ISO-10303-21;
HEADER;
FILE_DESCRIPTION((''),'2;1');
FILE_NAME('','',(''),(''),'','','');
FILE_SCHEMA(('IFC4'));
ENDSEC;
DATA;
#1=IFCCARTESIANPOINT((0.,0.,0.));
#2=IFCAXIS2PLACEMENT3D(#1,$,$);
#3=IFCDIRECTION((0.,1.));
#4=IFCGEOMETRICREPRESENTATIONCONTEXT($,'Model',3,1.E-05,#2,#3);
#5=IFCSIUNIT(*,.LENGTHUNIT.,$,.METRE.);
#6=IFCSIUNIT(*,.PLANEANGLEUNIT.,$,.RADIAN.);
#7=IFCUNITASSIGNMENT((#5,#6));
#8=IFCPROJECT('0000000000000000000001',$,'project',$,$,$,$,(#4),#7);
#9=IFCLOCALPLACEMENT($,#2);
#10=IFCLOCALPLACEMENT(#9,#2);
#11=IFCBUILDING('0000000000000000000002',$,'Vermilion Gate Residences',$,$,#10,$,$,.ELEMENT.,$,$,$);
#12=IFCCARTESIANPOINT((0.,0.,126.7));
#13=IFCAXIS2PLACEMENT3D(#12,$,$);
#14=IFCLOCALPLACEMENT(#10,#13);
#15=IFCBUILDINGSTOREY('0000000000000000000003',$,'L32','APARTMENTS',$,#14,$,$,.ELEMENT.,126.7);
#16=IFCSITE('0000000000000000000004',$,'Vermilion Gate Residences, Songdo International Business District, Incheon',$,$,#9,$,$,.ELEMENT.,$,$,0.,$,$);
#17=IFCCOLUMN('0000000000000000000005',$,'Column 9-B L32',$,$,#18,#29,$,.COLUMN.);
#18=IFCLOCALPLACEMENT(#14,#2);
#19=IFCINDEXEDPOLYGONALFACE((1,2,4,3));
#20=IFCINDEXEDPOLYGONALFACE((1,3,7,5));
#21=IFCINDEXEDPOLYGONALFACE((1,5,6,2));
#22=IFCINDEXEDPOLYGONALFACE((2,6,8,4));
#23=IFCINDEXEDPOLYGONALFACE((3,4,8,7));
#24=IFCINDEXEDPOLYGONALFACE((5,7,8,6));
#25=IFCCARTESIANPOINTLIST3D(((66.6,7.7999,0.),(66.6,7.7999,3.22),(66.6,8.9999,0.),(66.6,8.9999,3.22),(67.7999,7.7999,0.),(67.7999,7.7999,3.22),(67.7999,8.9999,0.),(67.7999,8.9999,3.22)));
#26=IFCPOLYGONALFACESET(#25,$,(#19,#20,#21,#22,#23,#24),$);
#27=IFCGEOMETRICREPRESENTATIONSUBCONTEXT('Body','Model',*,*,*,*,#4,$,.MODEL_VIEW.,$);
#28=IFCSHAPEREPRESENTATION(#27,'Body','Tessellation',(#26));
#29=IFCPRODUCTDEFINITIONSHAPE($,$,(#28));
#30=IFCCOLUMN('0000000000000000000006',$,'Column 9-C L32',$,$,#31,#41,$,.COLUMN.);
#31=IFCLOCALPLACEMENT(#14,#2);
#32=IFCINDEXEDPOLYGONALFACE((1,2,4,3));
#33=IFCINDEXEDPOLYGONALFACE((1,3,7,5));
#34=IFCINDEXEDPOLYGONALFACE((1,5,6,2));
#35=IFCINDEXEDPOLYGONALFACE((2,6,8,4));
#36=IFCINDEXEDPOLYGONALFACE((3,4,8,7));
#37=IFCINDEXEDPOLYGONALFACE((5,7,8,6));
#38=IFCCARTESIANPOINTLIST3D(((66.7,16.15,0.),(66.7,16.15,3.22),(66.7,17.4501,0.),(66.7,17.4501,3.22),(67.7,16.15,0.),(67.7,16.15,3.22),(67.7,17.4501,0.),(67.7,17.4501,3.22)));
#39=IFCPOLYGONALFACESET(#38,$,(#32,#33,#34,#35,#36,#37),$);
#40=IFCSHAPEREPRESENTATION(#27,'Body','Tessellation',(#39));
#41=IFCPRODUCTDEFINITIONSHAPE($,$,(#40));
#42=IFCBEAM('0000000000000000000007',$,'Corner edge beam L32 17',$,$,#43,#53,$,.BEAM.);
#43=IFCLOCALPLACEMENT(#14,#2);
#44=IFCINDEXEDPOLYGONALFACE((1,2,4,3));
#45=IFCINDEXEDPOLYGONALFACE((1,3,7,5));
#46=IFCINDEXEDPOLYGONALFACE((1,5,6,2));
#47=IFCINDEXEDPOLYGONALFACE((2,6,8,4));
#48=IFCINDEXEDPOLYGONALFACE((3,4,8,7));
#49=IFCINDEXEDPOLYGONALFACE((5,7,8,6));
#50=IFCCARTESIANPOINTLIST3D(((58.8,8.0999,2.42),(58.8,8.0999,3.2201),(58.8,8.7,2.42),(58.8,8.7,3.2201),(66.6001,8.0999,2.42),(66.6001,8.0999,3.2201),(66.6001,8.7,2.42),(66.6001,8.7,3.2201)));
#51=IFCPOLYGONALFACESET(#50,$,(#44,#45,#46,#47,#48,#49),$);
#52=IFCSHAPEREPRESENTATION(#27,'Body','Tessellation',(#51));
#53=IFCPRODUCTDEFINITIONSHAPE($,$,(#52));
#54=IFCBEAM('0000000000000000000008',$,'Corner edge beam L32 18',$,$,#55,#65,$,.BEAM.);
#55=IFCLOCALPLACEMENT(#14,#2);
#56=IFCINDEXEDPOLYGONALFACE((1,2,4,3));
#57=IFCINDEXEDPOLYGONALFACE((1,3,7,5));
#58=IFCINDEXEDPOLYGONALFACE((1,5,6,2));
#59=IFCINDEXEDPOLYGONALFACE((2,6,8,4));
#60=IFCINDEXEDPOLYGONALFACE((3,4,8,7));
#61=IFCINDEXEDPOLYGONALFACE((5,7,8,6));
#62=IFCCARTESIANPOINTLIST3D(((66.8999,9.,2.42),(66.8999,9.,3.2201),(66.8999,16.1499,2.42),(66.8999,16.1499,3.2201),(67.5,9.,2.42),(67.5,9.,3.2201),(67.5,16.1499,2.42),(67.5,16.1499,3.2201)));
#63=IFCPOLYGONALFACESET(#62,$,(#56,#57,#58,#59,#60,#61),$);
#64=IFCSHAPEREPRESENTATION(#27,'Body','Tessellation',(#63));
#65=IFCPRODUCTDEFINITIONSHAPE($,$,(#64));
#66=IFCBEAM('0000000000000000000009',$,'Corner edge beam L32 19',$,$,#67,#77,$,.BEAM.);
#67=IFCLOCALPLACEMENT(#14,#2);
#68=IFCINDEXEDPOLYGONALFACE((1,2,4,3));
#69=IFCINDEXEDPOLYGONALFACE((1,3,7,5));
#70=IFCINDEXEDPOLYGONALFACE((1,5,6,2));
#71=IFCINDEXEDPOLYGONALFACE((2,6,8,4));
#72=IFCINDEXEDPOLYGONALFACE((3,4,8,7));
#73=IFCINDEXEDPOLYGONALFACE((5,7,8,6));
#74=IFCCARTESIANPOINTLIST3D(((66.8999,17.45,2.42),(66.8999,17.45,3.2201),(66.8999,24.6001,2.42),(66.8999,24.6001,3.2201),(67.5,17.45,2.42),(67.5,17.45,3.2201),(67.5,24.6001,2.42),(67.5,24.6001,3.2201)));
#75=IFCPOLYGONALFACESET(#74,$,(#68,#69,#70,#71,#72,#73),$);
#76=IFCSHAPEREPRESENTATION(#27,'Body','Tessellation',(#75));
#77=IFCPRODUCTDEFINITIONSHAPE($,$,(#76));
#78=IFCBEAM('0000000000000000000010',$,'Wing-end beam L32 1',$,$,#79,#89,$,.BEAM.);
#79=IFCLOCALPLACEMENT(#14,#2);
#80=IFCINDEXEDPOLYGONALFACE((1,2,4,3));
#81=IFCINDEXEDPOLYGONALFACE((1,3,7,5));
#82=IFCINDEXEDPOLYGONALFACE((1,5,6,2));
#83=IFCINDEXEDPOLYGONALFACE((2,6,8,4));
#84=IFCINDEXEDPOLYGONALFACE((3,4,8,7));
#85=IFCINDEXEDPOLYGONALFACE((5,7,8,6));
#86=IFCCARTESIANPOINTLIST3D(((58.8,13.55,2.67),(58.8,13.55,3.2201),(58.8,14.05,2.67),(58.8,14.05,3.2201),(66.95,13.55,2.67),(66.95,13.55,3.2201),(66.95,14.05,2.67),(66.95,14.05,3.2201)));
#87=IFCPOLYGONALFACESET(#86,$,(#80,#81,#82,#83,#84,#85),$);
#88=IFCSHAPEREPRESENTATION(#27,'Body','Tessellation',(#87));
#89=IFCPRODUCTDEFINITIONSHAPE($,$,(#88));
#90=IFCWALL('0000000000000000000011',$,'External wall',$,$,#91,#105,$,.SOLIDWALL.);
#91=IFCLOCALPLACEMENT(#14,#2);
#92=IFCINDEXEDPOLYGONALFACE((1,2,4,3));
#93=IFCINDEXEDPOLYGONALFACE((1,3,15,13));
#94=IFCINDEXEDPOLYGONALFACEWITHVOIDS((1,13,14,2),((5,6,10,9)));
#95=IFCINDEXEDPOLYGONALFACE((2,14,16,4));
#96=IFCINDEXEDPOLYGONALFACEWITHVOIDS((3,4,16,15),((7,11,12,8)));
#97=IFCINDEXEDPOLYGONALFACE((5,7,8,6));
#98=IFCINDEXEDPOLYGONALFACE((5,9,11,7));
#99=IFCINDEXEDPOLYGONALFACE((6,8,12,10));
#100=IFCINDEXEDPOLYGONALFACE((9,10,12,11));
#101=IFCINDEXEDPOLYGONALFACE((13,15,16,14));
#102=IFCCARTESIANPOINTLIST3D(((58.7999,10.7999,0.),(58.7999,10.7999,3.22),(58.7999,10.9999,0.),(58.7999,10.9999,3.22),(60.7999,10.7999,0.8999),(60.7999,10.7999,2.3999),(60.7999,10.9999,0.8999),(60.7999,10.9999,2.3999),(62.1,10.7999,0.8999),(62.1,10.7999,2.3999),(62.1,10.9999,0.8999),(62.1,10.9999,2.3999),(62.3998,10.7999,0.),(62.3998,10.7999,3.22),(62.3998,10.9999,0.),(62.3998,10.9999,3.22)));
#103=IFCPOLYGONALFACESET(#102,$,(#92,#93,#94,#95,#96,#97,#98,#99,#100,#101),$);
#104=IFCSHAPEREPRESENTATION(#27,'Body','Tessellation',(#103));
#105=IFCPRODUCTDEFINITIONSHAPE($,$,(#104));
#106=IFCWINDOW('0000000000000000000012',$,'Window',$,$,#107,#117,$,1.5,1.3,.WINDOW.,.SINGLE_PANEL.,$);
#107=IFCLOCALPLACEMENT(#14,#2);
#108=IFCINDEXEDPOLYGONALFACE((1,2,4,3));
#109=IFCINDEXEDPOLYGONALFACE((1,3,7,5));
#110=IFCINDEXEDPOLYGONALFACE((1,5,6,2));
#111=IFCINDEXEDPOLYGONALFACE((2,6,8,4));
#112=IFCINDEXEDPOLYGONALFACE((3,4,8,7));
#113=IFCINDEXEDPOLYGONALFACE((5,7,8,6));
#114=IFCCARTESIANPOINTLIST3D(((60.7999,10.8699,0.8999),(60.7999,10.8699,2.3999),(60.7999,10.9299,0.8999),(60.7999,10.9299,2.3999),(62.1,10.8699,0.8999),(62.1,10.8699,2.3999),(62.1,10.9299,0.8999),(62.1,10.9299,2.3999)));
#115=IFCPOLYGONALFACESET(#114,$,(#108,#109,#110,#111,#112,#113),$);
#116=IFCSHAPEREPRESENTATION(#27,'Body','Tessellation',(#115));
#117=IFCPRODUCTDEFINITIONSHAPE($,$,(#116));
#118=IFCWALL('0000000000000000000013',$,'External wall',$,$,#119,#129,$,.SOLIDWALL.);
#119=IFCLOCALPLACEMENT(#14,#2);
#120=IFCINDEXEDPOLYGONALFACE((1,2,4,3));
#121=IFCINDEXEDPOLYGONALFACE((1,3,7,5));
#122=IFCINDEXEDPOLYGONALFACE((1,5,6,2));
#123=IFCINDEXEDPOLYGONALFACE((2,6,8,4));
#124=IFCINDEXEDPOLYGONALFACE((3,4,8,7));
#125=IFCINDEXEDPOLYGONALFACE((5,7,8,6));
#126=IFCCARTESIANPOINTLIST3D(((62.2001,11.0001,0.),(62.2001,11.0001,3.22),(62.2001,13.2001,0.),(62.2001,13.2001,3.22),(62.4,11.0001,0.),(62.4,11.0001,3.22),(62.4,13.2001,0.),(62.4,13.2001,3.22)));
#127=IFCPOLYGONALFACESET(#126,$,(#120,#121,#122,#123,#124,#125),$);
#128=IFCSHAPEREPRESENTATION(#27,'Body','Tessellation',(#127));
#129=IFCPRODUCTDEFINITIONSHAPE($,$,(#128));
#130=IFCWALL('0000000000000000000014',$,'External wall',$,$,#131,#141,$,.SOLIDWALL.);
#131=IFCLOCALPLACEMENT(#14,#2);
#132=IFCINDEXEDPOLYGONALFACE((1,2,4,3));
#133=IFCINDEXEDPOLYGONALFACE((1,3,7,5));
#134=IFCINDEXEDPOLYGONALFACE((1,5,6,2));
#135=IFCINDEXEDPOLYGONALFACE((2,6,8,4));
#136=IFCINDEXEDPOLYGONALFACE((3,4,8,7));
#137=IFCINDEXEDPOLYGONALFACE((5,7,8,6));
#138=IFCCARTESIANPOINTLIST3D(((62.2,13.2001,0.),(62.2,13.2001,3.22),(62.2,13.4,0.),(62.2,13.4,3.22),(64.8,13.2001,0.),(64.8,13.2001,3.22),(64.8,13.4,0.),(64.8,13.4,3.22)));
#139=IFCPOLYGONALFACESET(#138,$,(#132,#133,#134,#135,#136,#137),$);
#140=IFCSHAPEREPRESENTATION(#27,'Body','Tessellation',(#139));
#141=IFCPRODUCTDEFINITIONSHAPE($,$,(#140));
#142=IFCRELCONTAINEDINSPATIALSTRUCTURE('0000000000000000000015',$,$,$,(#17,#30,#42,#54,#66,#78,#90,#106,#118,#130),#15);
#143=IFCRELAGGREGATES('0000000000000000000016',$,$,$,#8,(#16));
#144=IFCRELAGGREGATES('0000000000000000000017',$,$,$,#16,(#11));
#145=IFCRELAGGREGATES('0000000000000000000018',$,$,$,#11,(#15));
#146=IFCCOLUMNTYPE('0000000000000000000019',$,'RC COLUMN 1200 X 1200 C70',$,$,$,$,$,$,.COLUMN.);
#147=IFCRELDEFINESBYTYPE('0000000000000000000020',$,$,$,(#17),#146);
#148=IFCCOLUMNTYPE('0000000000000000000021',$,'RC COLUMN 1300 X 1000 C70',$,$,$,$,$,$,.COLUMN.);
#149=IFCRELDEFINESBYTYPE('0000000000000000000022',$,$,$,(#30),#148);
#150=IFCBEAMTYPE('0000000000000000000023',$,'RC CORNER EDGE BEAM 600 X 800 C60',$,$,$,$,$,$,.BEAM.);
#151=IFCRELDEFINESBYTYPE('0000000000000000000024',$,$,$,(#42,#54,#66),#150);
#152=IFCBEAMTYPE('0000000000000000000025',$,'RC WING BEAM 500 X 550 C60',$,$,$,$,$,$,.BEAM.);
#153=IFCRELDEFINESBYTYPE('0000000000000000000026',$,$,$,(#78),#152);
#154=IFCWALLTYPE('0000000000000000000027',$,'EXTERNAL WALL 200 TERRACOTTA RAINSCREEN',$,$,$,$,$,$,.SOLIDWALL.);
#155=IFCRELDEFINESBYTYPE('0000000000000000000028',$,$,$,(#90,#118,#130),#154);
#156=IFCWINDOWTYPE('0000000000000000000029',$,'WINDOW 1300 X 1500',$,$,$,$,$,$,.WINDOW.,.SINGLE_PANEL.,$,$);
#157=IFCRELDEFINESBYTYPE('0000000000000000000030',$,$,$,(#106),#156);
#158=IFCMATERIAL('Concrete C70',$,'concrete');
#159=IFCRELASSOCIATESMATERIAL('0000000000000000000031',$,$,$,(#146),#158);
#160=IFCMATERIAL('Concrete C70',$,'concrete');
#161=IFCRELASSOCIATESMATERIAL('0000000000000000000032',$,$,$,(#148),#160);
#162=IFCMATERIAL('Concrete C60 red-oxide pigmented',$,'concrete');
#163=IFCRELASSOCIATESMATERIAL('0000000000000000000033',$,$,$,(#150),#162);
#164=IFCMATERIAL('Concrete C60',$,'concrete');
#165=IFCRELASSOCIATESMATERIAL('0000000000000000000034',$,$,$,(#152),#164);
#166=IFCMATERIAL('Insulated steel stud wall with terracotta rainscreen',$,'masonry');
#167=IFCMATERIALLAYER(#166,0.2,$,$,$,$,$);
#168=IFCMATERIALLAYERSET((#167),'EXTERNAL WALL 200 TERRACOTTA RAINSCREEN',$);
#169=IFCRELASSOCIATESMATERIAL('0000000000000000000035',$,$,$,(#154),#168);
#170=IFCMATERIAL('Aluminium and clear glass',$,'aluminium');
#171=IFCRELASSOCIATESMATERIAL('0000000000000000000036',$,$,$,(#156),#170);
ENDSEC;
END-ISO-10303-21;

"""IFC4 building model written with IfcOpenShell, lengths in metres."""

from ifc_helpers import new_model, si_unit, direction, frame, frame_2d, origin, origin_2d, place, context, subcontext, project, spatial, rectangle, extrude, material, layer, layer_set, material_profile, profile_set, type_object, element, fill, save


model = new_model("IFC4")

# Units and contexts
model_context = context("Model", 3, precision=1e-05, world=origin(), true_north=direction((0.0, 1.0)))
body_context = subcontext(model_context, "Body", "Model", "MODEL_VIEW")
ifc_project = project(units=[si_unit("LENGTHUNIT", "METRE"), si_unit("PLANEANGLEUNIT", "RADIAN")], contexts=[model_context])

# Site, building, storey
site_placement = place(None, origin())
site = spatial("IfcSite", under=ifc_project, at=site_placement, Name="Vermilion Gate Residences, Songdo International Business District, Incheon", CompositionType="ELEMENT", RefElevation=0.0)
building_placement = place(site_placement, origin())
building = spatial("IfcBuilding", under=site, at=building_placement, Name="Vermilion Gate Residences", CompositionType="ELEMENT")
storey_placement = place(building_placement, frame((0.0, 0.0, 126.7)))
storey = spatial("IfcBuildingStorey", under=building, at=storey_placement, Name="L32", Description="APARTMENTS", CompositionType="ELEMENT", Elevation=126.7)

# Columns
ifc_material_1 = material(Name="Concrete C70", Category="concrete")
ifc_material_profile_1 = material_profile(ifc_material_1, rectangle(XDim=1.2, YDim=1.2, at=origin_2d()), Name="RC-1200x1200")
ifc_profile_set_1 = profile_set([ifc_material_profile_1], Name="Concrete C70")
column_type_1 = type_object("IfcColumnType", Name="RC COLUMN 1200 X 1200 C70", PredefinedType="COLUMN", material=ifc_profile_set_1)
column_1_placement = place(storey_placement, frame((67.2, 8.3999, 0.0), z_axis=(0.0, 0.0, 1.0), x_axis=(1.0, 0.0, 0.0)))
element("IfcColumn", 1, at=column_1_placement, inside=storey, type_object=column_type_1, Name="Column 9-B L32", PredefinedType="COLUMN", context=body_context, shape_type="SweptSolid", body=[
    extrude(rectangle(XDim=1.2, YDim=1.2, at=origin_2d()), origin(), (0.0, 0.0, 1.0), 3.22),
])
ifc_material_2 = material(Name="Concrete C70", Category="concrete")
ifc_material_profile_2 = material_profile(ifc_material_2, rectangle(XDim=1.3, YDim=1.0, at=origin_2d()), Name="RC-1300x1000")
ifc_profile_set_2 = profile_set([ifc_material_profile_2], Name="Concrete C70")
column_type_2 = type_object("IfcColumnType", Name="RC COLUMN 1300 X 1000 C70", PredefinedType="COLUMN", material=ifc_profile_set_2)
column_2_placement = place(storey_placement, frame((67.2, 16.8, 0.0), z_axis=(0.0, 0.0, 1.0), x_axis=(0.0, 1.0, 0.0)))
element("IfcColumn", 2, at=column_2_placement, inside=storey, type_object=column_type_2, Name="Column 9-C L32", PredefinedType="COLUMN", context=body_context, shape_type="SweptSolid", body=[
    extrude(rectangle(XDim=1.3, YDim=1.0, at=origin_2d()), origin(), (0.0, 0.0, 1.0), 3.22),
])

# Beams
ifc_material_3 = material(Name="Concrete C60 red-oxide pigmented", Category="concrete")
ifc_material_profile_3 = material_profile(ifc_material_3, rectangle(XDim=0.6001, YDim=0.8, at=origin_2d()), Name="RC-600x800")
ifc_profile_set_3 = profile_set([ifc_material_profile_3], Name="Concrete C60 red-oxide pigmented")
beam_type_1 = type_object("IfcBeamType", Name="RC CORNER EDGE BEAM 600 X 800 C60", PredefinedType="BEAM", material=ifc_profile_set_3)
beam_1_placement = place(storey_placement, frame((58.8, 8.3999, 2.8201), z_axis=(1.0, 0.0, 0.0), x_axis=(0.0, 1.0, 0.0)))
element("IfcBeam", 3, at=beam_1_placement, inside=storey, type_object=beam_type_1, Name="Corner edge beam L32 17", PredefinedType="BEAM", context=body_context, shape_type="SweptSolid", body=[
    extrude(rectangle(XDim=0.6001, YDim=0.8, at=origin_2d()), origin(), (0.0, 0.0, 1.0), 7.8),
])
beam_2_placement = place(storey_placement, frame((67.2, 9.0, 2.8201), z_axis=(0.0, 1.0, 0.0), x_axis=(-1.0, 0.0, 0.0)))
element("IfcBeam", 4, at=beam_2_placement, inside=storey, type_object=beam_type_1, Name="Corner edge beam L32 18", PredefinedType="BEAM", context=body_context, shape_type="SweptSolid", body=[
    extrude(rectangle(XDim=0.6001, YDim=0.8, at=origin_2d()), origin(), (0.0, 0.0, 1.0), 7.1499),
])
beam_3_placement = place(storey_placement, frame((67.2, 17.45, 2.8201), z_axis=(0.0, 1.0, 0.0), x_axis=(-1.0, 0.0, 0.0)))
element("IfcBeam", 5, at=beam_3_placement, inside=storey, type_object=beam_type_1, Name="Corner edge beam L32 19", PredefinedType="BEAM", context=body_context, shape_type="SweptSolid", body=[
    extrude(rectangle(XDim=0.6001, YDim=0.8, at=origin_2d()), origin(), (0.0, 0.0, 1.0), 7.1501),
])
ifc_material_4 = material(Name="Concrete C60", Category="concrete")
ifc_material_profile_4 = material_profile(ifc_material_4, rectangle(XDim=0.5, YDim=0.55, at=origin_2d()), Name="RC-500x550")
ifc_profile_set_4 = profile_set([ifc_material_profile_4], Name="Concrete C60")
beam_type_2 = type_object("IfcBeamType", Name="RC WING BEAM 500 X 550 C60", PredefinedType="BEAM", material=ifc_profile_set_4)
beam_4_placement = place(storey_placement, frame((58.8, 13.8, 2.9451), z_axis=(1.0, 0.0, 0.0), x_axis=(0.0, 1.0, 0.0)))
element("IfcBeam", 6, at=beam_4_placement, inside=storey, type_object=beam_type_2, Name="Wing-end beam L32 1", PredefinedType="BEAM", context=body_context, shape_type="SweptSolid", body=[
    extrude(rectangle(XDim=0.5, YDim=0.55, at=origin_2d()), origin(), (0.0, 0.0, 1.0), 8.1499),
])

# Wall, opening, window
ifc_material_5 = material(Name="Insulated steel stud wall with terracotta rainscreen", Category="masonry")
ifc_layer_1 = layer(ifc_material_5, 0.2)
ifc_layer_set_1 = layer_set([ifc_layer_1], Name="EXTERNAL WALL 200 TERRACOTTA RAINSCREEN")
wall_type_1 = type_object("IfcWallType", Name="EXTERNAL WALL 200 TERRACOTTA RAINSCREEN", PredefinedType="SOLIDWALL", material=ifc_layer_set_1)
wall_1_placement = place(storey_placement, frame((58.8, 10.8999, 0.0), z_axis=(0.0, 0.0, 1.0), x_axis=(1.0, 0.0, 0.0)))
wall_1 = element("IfcWall", 7, at=wall_1_placement, inside=storey, type_object=wall_type_1, Name="External wall", PredefinedType="SOLIDWALL", context=body_context, shape_type="SweptSolid", body=[
    extrude(rectangle(XDim=3.5999, YDim=0.2, at=frame_2d((1.7998, 0.0))), origin(), (0.0, 0.0, 1.0), 3.22),
])
opening_1_placement = place(wall_1_placement, frame((2.0, 0.0, 0.8999)))
opening_1 = element("IfcOpeningElement", 8, at=opening_1_placement, cuts=wall_1, PredefinedType="OPENING", context=body_context, shape_type="SweptSolid", body=[
    extrude(rectangle(XDim=1.3, YDim=1.5, at=frame_2d((0.6499, 0.75))), frame((0.0, 0.1099, 0.0), z_axis=(0.0, -1.0, 0.0), x_axis=(1.0, 0.0, 0.0)), (0.0, 0.0, 1.0), 0.22),
])
ifc_material_6 = material(Name="Aluminium and clear glass", Category="aluminium")
window_type_1 = type_object("IfcWindowType", Name="WINDOW 1300 X 1500", PartitioningType="SINGLE_PANEL", PredefinedType="WINDOW", material=ifc_material_6)
window_1_placement = place(opening_1_placement, origin())
window_1 = element("IfcWindow", 9, at=window_1_placement, inside=storey, type_object=window_type_1, Name="Window", OverallHeight=1.5, OverallWidth=1.3, PartitioningType="SINGLE_PANEL", PredefinedType="WINDOW", context=body_context, shape_type="SweptSolid", body=[
    extrude(rectangle(XDim=1.3, YDim=1.5, at=frame_2d((0.6499, 0.75))), frame((0.0, 0.03, 0.0), z_axis=(0.0, -1.0, 0.0), x_axis=(1.0, 0.0, 0.0)), (0.0, 0.0, 1.0), 0.0601),
])
fill(opening_1, window_1)

# Walls
wall_2_placement = place(storey_placement, frame((62.3, 11.0, 0.0), z_axis=(0.0, 0.0, 1.0), x_axis=(0.0, 1.0, 0.0)))
element("IfcWall", 10, at=wall_2_placement, inside=storey, type_object=wall_type_1, Name="External wall", PredefinedType="SOLIDWALL", context=body_context, shape_type="SweptSolid", body=[
    extrude(rectangle(XDim=2.2, YDim=0.2, at=frame_2d((1.1001, 0.0))), origin(), (0.0, 0.0, 1.0), 3.22),
])
wall_3_placement = place(storey_placement, frame((62.2, 13.3, 0.0), z_axis=(0.0, 0.0, 1.0), x_axis=(1.0, 0.0, 0.0)))
element("IfcWall", 11, at=wall_3_placement, inside=storey, type_object=wall_type_1, Name="External wall", PredefinedType="SOLIDWALL", context=body_context, shape_type="SweptSolid", body=[
    extrude(rectangle(XDim=2.6001, YDim=0.2, at=frame_2d((1.3, 0.0))), origin(), (0.0, 0.0, 1.0), 3.22),
])

save(model, "model.ifc")
